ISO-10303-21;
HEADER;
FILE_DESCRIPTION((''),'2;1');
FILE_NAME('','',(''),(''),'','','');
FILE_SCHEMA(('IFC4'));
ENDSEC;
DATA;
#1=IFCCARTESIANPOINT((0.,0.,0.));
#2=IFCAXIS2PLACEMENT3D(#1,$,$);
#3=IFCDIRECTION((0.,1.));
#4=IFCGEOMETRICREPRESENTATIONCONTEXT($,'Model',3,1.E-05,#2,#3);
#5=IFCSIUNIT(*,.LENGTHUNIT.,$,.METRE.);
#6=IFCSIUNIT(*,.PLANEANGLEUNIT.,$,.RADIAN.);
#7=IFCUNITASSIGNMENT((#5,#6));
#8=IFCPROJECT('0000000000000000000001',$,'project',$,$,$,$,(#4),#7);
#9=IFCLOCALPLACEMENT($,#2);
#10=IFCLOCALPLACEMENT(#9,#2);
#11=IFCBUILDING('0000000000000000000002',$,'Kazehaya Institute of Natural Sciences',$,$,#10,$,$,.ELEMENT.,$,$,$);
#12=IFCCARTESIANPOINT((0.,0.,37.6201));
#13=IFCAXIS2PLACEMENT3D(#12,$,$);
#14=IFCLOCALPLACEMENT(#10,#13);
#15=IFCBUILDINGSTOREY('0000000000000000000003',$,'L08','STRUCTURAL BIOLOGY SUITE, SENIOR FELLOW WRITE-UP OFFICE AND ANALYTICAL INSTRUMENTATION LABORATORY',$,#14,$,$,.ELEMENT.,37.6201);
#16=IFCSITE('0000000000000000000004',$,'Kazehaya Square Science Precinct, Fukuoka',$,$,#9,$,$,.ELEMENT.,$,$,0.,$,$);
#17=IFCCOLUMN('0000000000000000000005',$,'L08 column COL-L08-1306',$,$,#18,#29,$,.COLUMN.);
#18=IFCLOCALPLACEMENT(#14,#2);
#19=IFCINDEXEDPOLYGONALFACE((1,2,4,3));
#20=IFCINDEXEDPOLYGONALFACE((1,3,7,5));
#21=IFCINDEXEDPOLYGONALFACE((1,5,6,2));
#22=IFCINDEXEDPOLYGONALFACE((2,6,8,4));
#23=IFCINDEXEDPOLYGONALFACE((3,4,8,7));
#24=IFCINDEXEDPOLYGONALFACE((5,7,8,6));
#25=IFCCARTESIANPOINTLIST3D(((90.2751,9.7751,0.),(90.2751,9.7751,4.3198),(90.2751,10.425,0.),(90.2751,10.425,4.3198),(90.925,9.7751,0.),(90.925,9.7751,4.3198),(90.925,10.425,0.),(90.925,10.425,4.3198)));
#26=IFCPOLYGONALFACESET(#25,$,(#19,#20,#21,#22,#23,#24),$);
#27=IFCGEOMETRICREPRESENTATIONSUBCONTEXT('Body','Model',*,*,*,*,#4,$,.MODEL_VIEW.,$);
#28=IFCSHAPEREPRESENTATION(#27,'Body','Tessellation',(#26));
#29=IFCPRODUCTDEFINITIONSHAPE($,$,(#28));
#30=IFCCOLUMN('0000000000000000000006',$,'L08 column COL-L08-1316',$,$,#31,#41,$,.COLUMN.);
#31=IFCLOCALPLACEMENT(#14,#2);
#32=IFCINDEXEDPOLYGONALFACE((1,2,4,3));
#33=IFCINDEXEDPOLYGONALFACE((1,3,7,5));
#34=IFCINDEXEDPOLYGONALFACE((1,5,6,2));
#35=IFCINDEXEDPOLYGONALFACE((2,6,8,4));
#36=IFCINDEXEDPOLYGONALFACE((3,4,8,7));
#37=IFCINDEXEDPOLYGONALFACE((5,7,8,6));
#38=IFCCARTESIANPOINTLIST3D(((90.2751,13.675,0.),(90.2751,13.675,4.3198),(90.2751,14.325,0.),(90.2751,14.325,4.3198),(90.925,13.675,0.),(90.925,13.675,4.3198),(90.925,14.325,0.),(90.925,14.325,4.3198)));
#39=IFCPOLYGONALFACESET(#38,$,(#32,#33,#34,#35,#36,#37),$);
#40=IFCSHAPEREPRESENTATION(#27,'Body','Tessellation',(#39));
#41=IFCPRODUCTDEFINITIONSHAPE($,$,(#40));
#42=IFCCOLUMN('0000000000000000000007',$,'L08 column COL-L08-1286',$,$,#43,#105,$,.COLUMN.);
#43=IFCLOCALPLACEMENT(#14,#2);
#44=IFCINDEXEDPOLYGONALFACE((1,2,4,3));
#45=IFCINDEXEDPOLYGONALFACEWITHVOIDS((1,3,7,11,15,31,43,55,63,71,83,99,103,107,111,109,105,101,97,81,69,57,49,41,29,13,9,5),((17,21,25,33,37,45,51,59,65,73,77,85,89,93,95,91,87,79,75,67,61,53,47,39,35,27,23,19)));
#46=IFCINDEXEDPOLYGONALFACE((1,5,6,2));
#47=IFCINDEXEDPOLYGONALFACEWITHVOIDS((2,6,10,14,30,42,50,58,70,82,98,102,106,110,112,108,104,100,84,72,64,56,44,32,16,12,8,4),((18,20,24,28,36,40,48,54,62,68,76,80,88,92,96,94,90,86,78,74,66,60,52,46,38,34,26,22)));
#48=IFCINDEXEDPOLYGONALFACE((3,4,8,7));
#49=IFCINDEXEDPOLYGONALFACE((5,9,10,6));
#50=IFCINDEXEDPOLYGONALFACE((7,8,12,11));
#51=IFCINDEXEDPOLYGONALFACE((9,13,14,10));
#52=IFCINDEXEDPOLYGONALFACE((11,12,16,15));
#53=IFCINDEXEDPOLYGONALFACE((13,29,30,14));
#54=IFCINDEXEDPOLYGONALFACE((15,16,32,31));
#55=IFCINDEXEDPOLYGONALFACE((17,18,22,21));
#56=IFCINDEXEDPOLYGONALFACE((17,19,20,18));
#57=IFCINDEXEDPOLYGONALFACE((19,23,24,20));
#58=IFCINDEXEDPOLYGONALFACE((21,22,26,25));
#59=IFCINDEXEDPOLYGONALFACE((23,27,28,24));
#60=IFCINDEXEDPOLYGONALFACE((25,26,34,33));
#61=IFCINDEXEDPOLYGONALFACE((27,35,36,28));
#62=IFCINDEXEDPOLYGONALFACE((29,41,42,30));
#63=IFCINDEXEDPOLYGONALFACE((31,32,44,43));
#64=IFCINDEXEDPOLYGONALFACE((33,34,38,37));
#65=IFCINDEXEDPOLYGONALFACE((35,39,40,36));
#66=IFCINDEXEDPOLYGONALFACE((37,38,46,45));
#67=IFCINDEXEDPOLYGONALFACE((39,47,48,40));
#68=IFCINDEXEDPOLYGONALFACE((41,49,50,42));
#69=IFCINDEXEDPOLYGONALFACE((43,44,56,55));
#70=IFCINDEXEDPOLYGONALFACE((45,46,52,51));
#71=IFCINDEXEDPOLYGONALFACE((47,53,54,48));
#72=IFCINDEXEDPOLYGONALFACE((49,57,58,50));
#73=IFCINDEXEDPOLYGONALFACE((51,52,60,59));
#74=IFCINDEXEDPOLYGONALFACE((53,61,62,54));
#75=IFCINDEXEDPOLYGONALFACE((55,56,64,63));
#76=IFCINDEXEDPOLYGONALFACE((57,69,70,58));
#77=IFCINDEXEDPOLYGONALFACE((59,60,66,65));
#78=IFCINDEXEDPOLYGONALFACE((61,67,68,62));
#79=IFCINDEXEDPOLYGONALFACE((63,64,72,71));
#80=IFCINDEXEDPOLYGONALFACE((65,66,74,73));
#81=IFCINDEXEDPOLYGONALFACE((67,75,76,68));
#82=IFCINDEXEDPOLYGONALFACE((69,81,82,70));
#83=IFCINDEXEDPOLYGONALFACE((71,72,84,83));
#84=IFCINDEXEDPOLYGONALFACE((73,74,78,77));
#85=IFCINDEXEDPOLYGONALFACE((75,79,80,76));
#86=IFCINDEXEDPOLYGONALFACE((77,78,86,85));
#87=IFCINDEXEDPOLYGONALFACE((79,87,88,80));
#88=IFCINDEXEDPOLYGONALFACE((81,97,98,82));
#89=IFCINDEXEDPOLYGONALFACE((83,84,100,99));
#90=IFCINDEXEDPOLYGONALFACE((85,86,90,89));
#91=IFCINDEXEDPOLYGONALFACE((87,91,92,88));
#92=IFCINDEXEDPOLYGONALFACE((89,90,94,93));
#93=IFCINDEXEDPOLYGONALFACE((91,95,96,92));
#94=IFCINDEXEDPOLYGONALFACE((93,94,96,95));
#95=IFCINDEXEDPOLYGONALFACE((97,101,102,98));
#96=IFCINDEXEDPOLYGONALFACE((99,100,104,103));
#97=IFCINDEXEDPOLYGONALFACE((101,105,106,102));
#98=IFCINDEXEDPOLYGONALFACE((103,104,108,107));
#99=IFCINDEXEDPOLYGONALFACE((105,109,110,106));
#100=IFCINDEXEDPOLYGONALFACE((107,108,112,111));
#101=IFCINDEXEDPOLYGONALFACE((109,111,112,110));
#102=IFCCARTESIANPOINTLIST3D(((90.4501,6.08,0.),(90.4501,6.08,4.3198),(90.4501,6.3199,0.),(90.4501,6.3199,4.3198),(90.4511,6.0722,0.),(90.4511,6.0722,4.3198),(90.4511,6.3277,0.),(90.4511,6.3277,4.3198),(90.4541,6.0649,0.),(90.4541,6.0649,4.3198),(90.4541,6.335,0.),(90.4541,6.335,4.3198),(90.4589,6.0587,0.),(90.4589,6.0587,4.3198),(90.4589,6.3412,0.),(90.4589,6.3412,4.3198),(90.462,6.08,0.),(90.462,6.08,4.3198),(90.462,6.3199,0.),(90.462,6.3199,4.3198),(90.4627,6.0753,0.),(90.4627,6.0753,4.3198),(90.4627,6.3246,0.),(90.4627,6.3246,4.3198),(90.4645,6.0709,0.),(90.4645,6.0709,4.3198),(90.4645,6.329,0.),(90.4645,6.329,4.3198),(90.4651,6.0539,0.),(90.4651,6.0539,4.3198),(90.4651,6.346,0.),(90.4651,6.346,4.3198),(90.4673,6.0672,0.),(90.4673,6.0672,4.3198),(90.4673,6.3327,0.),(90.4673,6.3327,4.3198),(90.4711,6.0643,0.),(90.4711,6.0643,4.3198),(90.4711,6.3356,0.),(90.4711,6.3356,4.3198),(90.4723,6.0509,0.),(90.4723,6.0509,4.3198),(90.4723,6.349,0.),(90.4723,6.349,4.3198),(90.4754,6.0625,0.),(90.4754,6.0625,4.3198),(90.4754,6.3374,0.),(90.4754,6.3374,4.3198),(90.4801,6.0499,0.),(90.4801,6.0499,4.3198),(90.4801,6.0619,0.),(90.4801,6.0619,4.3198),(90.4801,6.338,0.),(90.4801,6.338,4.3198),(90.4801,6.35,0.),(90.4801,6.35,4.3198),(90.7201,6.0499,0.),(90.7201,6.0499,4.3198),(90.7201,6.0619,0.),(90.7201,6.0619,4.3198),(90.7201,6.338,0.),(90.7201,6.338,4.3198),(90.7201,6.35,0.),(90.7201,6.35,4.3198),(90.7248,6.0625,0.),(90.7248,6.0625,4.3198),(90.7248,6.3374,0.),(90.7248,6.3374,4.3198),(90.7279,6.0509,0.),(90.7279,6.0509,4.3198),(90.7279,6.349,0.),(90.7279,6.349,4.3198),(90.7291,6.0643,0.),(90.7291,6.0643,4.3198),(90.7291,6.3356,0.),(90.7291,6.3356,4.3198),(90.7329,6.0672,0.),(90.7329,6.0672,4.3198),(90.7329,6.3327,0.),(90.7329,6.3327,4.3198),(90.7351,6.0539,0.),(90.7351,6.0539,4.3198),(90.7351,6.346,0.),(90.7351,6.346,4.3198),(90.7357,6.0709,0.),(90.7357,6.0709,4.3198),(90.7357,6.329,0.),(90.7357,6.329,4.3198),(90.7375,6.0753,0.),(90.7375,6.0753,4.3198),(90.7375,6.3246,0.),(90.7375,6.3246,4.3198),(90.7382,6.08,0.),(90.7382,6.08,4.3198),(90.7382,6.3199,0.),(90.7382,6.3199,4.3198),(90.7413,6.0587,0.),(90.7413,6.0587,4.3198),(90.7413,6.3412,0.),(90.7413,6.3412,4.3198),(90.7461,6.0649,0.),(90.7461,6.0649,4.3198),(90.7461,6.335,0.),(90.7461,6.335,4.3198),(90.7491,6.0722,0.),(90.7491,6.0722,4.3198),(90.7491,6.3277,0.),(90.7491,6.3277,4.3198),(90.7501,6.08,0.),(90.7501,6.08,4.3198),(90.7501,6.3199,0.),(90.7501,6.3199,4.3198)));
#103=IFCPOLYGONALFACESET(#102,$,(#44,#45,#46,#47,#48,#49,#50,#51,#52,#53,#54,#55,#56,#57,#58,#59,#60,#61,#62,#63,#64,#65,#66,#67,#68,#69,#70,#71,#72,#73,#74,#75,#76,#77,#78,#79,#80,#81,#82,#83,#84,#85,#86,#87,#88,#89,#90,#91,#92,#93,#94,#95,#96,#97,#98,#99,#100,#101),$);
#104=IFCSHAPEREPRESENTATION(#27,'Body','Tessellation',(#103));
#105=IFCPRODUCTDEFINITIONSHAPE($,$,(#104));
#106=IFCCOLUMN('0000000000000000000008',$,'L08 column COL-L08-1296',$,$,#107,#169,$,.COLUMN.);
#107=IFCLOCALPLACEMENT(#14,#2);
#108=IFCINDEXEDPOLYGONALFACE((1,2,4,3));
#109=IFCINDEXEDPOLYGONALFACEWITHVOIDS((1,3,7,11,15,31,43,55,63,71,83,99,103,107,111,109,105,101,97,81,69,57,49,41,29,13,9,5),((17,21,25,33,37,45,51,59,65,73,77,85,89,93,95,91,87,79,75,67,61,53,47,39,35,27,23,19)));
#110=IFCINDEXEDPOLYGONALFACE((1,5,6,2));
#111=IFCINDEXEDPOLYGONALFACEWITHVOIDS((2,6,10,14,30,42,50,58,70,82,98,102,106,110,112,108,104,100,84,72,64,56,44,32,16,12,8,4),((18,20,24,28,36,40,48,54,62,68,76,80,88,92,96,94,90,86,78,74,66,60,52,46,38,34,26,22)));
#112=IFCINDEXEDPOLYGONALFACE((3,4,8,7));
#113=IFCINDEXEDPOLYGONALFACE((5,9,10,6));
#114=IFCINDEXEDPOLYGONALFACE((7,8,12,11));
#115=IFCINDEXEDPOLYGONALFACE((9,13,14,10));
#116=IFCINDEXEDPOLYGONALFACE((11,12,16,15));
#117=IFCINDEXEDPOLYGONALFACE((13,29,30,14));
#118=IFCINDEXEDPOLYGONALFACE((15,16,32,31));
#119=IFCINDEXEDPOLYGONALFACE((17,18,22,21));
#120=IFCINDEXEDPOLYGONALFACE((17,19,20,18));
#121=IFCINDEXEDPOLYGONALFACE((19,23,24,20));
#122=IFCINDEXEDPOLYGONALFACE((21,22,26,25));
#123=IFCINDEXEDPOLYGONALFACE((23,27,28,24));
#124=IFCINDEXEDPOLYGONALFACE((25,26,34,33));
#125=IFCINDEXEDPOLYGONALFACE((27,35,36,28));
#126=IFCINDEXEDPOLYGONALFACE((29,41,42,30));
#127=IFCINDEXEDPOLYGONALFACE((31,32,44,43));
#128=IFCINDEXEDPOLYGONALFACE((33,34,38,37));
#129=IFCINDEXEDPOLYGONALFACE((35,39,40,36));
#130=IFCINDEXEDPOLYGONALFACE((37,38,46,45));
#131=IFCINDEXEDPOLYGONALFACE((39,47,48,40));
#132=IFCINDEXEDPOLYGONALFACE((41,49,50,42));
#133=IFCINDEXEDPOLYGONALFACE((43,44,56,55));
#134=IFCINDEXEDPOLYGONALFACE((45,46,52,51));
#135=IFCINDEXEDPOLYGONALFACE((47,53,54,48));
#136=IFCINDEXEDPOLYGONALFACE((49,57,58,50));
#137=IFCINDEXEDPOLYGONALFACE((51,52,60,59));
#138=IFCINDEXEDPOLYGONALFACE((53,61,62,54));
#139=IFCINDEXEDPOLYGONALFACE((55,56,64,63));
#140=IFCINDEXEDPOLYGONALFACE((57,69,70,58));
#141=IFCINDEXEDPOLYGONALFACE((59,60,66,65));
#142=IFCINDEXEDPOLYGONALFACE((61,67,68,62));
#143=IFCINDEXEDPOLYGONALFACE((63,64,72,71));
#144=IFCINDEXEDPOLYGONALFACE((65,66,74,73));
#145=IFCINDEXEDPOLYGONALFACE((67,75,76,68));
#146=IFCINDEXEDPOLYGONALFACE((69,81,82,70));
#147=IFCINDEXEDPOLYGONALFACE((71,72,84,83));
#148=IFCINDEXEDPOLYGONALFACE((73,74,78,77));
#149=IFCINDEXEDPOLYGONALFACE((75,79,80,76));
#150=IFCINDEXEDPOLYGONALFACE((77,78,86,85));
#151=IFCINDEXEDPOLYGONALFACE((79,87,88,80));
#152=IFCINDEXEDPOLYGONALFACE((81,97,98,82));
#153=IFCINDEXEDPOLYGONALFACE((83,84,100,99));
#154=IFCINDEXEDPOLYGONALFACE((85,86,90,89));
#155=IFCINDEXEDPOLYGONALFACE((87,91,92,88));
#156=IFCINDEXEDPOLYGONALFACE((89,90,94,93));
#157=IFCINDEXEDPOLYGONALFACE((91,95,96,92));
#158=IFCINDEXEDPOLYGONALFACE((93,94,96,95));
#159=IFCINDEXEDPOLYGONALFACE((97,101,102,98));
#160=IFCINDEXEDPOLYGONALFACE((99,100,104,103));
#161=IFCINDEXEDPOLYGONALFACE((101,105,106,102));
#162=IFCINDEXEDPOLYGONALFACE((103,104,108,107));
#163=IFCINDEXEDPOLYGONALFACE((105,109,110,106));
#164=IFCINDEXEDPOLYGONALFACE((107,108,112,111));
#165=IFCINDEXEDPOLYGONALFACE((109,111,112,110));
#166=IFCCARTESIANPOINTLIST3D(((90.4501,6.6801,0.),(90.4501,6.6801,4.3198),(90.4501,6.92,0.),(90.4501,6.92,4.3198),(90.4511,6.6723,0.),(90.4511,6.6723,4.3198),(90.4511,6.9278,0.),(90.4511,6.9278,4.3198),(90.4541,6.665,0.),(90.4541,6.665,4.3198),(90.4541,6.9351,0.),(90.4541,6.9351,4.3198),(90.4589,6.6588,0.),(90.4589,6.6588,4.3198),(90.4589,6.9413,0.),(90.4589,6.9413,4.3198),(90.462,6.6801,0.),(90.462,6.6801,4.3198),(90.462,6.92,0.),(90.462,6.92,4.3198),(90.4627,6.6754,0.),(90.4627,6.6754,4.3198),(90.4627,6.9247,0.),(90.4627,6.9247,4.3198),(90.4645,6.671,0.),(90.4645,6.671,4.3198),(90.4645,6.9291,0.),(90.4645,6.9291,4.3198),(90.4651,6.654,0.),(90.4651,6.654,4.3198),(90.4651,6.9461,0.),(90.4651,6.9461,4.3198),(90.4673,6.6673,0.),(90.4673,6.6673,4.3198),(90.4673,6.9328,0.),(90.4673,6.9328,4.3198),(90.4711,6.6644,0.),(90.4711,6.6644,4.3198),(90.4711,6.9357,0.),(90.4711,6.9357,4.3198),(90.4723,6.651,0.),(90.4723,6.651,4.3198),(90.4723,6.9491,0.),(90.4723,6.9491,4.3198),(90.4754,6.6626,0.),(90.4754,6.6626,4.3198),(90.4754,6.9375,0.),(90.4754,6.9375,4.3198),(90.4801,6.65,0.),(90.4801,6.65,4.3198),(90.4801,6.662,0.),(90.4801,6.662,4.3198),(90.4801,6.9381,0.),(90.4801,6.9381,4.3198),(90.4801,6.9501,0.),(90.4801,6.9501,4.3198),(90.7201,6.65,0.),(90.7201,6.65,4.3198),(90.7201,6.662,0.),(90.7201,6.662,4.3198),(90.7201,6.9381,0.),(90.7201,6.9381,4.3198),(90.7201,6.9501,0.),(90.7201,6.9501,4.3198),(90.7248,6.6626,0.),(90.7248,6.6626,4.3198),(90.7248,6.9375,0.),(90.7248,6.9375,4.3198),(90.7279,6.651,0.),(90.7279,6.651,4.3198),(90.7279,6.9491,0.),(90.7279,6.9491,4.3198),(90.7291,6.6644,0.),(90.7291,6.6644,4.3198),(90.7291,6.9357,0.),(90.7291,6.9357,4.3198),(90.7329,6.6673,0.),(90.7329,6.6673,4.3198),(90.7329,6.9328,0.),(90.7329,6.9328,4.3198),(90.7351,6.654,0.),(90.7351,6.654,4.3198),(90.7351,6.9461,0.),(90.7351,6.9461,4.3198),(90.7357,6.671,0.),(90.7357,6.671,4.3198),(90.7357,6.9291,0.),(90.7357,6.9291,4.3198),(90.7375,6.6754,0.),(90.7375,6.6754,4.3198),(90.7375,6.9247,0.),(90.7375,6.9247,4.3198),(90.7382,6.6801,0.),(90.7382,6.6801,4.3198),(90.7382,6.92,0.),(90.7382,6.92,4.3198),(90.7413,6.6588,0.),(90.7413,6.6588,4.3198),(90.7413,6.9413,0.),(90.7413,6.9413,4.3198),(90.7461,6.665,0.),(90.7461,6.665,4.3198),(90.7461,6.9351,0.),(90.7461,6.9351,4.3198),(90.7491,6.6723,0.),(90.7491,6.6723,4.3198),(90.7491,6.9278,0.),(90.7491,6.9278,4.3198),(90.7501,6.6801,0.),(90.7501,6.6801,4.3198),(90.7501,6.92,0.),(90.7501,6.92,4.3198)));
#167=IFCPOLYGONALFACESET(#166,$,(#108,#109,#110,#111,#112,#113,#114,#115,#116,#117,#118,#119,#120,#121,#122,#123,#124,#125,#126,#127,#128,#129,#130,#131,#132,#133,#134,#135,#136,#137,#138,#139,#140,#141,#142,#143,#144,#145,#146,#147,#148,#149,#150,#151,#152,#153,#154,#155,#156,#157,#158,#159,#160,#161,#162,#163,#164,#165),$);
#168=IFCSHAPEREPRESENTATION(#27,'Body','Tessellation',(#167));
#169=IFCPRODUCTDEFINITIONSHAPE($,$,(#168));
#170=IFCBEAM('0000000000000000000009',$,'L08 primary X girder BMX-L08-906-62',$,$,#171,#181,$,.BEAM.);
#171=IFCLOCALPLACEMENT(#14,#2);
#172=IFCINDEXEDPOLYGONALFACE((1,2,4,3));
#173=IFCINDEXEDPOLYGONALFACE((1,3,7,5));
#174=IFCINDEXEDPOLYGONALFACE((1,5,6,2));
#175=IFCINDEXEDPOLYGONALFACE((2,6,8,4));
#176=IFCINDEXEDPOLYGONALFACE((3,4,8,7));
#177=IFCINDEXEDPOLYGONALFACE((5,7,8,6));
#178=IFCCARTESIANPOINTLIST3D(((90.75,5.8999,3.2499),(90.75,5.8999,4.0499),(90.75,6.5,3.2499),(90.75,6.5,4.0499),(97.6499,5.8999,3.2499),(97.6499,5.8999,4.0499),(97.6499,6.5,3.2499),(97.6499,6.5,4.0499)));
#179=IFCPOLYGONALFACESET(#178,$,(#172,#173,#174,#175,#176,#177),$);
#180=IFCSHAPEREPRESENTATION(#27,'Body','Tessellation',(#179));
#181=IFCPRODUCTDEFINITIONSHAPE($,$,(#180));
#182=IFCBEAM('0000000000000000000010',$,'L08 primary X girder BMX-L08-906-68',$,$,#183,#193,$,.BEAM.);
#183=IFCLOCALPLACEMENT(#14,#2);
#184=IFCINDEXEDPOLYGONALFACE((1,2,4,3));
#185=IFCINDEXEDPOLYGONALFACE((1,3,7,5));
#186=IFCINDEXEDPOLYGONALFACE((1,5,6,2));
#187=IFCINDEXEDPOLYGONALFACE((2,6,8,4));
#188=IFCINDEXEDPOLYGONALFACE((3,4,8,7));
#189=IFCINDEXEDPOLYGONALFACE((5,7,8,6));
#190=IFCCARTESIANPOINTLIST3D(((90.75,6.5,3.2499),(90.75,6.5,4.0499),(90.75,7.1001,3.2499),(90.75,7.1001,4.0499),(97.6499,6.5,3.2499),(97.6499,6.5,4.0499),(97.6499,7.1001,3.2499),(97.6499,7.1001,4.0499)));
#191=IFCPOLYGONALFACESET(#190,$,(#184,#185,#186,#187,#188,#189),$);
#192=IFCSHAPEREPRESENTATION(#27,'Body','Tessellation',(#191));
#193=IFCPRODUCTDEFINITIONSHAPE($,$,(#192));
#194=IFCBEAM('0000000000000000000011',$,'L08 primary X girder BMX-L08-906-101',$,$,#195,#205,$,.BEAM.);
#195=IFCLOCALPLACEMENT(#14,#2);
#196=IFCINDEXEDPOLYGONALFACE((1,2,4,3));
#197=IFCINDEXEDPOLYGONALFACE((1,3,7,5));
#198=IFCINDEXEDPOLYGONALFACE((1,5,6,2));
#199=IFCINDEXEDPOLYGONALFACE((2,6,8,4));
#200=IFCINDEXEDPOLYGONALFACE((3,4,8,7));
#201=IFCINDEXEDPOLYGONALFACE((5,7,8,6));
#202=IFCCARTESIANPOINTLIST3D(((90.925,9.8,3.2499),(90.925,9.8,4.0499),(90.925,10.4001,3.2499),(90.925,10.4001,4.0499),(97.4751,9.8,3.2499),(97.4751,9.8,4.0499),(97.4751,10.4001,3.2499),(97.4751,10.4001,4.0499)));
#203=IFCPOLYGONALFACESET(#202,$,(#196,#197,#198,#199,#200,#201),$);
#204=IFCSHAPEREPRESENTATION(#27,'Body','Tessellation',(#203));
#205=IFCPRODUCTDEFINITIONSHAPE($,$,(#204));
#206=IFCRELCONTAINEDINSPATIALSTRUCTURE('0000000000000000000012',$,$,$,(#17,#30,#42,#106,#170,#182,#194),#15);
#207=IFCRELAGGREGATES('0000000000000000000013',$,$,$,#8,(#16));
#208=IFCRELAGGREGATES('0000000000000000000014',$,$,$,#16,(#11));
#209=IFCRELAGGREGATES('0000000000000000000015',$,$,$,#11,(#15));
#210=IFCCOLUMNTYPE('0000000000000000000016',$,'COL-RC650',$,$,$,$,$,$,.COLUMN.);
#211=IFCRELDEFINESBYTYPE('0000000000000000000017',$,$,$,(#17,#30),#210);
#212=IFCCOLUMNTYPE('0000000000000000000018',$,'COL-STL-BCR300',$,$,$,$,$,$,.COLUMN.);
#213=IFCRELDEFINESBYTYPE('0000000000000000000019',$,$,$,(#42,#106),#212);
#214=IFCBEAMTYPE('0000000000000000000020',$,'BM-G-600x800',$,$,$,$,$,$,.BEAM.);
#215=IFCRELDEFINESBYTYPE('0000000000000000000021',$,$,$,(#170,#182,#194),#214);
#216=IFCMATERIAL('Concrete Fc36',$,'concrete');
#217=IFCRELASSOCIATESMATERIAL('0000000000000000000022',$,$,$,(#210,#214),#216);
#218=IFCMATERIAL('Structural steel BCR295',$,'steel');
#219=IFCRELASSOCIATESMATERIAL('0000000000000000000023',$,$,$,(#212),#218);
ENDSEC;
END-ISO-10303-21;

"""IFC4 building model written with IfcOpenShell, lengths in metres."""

from ifc_helpers import new_model, si_unit, direction, frame, origin, origin_2d, place, context, subcontext, project, spatial, rectangle, hollow_rectangle, extrude, material, material_profile, profile_set, type_object, element, save


model = new_model("IFC4")

# Units and contexts
model_context = context("Model", 3, precision=1e-05, world=origin(), true_north=direction((0.0, 1.0)))
body_context = subcontext(model_context, "Body", "Model", "MODEL_VIEW")
ifc_project = project(units=[si_unit("LENGTHUNIT", "METRE"), si_unit("PLANEANGLEUNIT", "RADIAN")], contexts=[model_context])

# Site, building, storey
site_placement = place(None, origin())
site = spatial("IfcSite", under=ifc_project, at=site_placement, Name="Kazehaya Square Science Precinct, Fukuoka", CompositionType="ELEMENT", RefElevation=0.0)
building_placement = place(site_placement, origin())
building = spatial("IfcBuilding", under=site, at=building_placement, Name="Kazehaya Institute of Natural Sciences", CompositionType="ELEMENT")
storey_placement = place(building_placement, frame((0.0, 0.0, 37.6201)))
storey = spatial("IfcBuildingStorey", under=building, at=storey_placement, Name="L08", Description="STRUCTURAL BIOLOGY SUITE, SENIOR FELLOW WRITE-UP OFFICE AND ANALYTICAL INSTRUMENTATION LABORATORY", CompositionType="ELEMENT", Elevation=37.6201)

# Columns
ifc_material_1 = material(Name="Concrete Fc36", Category="concrete")
ifc_material_profile_1 = material_profile(ifc_material_1, rectangle(XDim=0.6499, YDim=0.6499, at=origin_2d()), Name="RC-650x650")
ifc_profile_set_1 = profile_set([ifc_material_profile_1], Name="Concrete Fc36")
column_type_1 = type_object("IfcColumnType", Name="COL-RC650", PredefinedType="COLUMN", material=ifc_profile_set_1)
for number, where, z_axis, x_axis, name in (
    (1, (90.6001, 10.1001, 0.0), (0.0, 0.0, 1.0), (1.0, 0.0, 0.0), "L08 column COL-L08-1306"),
    (2, (90.6001, 14.0, 0.0), (0.0, 0.0, 1.0), (1.0, 0.0, 0.0), "L08 column COL-L08-1316"),
):
    element("IfcColumn", number, at=place(storey_placement, frame(where, z_axis=z_axis, x_axis=x_axis)), inside=storey, type_object=column_type_1, Name=name, PredefinedType="COLUMN", context=body_context, shape_type="SweptSolid", body=[
        extrude(rectangle(XDim=0.6499, YDim=0.6499, at=origin_2d()), origin(), (0.0, 0.0, 1.0), 4.3198),
    ])
ifc_material_2 = material(Name="Structural steel BCR295", Category="steel")
ifc_material_profile_2 = material_profile(ifc_material_2, hollow_rectangle(XDim=0.3, YDim=0.3, WallThickness=0.012, InnerFilletRadius=0.0181, OuterFilletRadius=0.03, at=origin_2d()), Name="BCR-300x300x12")
ifc_profile_set_2 = profile_set([ifc_material_profile_2], Name="Structural steel BCR295")
column_type_2 = type_object("IfcColumnType", Name="COL-STL-BCR300", PredefinedType="COLUMN", material=ifc_profile_set_2)
for number, where, z_axis, x_axis, name in (
    (3, (90.6001, 6.2, 0.0), (0.0, 0.0, 1.0), (1.0, 0.0, 0.0), "L08 column COL-L08-1286"),
    (4, (90.6001, 6.8, 0.0), (0.0, 0.0, 1.0), (1.0, 0.0, 0.0), "L08 column COL-L08-1296"),
):
    element("IfcColumn", number, at=place(storey_placement, frame(where, z_axis=z_axis, x_axis=x_axis)), inside=storey, type_object=column_type_2, Name=name, PredefinedType="COLUMN", context=body_context, shape_type="SweptSolid", body=[
        extrude(hollow_rectangle(XDim=0.3, YDim=0.3, WallThickness=0.012, InnerFilletRadius=0.0181, OuterFilletRadius=0.03, at=origin_2d()), origin(), (0.0, 0.0, 1.0), 4.3198),
    ])

# Beams
ifc_material_profile_3 = material_profile(ifc_material_1, rectangle(XDim=0.6001, YDim=0.8, at=origin_2d()), Name="RC-600x800")
ifc_profile_set_3 = profile_set([ifc_material_profile_3], Name="Concrete Fc36")
beam_type = type_object("IfcBeamType", Name="BM-G-600x800", PredefinedType="BEAM", material=ifc_profile_set_3)
for number, where, z_axis, x_axis, name in (
    (5, (90.75, 6.2, 3.6499), (1.0, 0.0, 0.0), (0.0, 1.0, 0.0), "L08 primary X girder BMX-L08-906-62"),
    (6, (90.75, 6.8, 3.6499), (1.0, 0.0, 0.0), (0.0, 1.0, 0.0), "L08 primary X girder BMX-L08-906-68"),
):
    element("IfcBeam", number, at=place(storey_placement, frame(where, z_axis=z_axis, x_axis=x_axis)), inside=storey, type_object=beam_type, Name=name, PredefinedType="BEAM", context=body_context, shape_type="SweptSolid", body=[
        extrude(rectangle(XDim=0.6001, YDim=0.8, at=origin_2d()), origin(), (0.0, 0.0, 1.0), 6.8999),
    ])
for number, where, z_axis, x_axis, name in (
    (7, (90.925, 10.1001, 3.6499), (1.0, 0.0, 0.0), (0.0, 1.0, 0.0), "L08 primary X girder BMX-L08-906-101"),
):
    element("IfcBeam", number, at=place(storey_placement, frame(where, z_axis=z_axis, x_axis=x_axis)), inside=storey, type_object=beam_type, Name=name, PredefinedType="BEAM", context=body_context, shape_type="SweptSolid", body=[
        extrude(rectangle(XDim=0.6001, YDim=0.8, at=origin_2d()), origin(), (0.0, 0.0, 1.0), 6.55),
    ])

save(model, "model.ifc")
